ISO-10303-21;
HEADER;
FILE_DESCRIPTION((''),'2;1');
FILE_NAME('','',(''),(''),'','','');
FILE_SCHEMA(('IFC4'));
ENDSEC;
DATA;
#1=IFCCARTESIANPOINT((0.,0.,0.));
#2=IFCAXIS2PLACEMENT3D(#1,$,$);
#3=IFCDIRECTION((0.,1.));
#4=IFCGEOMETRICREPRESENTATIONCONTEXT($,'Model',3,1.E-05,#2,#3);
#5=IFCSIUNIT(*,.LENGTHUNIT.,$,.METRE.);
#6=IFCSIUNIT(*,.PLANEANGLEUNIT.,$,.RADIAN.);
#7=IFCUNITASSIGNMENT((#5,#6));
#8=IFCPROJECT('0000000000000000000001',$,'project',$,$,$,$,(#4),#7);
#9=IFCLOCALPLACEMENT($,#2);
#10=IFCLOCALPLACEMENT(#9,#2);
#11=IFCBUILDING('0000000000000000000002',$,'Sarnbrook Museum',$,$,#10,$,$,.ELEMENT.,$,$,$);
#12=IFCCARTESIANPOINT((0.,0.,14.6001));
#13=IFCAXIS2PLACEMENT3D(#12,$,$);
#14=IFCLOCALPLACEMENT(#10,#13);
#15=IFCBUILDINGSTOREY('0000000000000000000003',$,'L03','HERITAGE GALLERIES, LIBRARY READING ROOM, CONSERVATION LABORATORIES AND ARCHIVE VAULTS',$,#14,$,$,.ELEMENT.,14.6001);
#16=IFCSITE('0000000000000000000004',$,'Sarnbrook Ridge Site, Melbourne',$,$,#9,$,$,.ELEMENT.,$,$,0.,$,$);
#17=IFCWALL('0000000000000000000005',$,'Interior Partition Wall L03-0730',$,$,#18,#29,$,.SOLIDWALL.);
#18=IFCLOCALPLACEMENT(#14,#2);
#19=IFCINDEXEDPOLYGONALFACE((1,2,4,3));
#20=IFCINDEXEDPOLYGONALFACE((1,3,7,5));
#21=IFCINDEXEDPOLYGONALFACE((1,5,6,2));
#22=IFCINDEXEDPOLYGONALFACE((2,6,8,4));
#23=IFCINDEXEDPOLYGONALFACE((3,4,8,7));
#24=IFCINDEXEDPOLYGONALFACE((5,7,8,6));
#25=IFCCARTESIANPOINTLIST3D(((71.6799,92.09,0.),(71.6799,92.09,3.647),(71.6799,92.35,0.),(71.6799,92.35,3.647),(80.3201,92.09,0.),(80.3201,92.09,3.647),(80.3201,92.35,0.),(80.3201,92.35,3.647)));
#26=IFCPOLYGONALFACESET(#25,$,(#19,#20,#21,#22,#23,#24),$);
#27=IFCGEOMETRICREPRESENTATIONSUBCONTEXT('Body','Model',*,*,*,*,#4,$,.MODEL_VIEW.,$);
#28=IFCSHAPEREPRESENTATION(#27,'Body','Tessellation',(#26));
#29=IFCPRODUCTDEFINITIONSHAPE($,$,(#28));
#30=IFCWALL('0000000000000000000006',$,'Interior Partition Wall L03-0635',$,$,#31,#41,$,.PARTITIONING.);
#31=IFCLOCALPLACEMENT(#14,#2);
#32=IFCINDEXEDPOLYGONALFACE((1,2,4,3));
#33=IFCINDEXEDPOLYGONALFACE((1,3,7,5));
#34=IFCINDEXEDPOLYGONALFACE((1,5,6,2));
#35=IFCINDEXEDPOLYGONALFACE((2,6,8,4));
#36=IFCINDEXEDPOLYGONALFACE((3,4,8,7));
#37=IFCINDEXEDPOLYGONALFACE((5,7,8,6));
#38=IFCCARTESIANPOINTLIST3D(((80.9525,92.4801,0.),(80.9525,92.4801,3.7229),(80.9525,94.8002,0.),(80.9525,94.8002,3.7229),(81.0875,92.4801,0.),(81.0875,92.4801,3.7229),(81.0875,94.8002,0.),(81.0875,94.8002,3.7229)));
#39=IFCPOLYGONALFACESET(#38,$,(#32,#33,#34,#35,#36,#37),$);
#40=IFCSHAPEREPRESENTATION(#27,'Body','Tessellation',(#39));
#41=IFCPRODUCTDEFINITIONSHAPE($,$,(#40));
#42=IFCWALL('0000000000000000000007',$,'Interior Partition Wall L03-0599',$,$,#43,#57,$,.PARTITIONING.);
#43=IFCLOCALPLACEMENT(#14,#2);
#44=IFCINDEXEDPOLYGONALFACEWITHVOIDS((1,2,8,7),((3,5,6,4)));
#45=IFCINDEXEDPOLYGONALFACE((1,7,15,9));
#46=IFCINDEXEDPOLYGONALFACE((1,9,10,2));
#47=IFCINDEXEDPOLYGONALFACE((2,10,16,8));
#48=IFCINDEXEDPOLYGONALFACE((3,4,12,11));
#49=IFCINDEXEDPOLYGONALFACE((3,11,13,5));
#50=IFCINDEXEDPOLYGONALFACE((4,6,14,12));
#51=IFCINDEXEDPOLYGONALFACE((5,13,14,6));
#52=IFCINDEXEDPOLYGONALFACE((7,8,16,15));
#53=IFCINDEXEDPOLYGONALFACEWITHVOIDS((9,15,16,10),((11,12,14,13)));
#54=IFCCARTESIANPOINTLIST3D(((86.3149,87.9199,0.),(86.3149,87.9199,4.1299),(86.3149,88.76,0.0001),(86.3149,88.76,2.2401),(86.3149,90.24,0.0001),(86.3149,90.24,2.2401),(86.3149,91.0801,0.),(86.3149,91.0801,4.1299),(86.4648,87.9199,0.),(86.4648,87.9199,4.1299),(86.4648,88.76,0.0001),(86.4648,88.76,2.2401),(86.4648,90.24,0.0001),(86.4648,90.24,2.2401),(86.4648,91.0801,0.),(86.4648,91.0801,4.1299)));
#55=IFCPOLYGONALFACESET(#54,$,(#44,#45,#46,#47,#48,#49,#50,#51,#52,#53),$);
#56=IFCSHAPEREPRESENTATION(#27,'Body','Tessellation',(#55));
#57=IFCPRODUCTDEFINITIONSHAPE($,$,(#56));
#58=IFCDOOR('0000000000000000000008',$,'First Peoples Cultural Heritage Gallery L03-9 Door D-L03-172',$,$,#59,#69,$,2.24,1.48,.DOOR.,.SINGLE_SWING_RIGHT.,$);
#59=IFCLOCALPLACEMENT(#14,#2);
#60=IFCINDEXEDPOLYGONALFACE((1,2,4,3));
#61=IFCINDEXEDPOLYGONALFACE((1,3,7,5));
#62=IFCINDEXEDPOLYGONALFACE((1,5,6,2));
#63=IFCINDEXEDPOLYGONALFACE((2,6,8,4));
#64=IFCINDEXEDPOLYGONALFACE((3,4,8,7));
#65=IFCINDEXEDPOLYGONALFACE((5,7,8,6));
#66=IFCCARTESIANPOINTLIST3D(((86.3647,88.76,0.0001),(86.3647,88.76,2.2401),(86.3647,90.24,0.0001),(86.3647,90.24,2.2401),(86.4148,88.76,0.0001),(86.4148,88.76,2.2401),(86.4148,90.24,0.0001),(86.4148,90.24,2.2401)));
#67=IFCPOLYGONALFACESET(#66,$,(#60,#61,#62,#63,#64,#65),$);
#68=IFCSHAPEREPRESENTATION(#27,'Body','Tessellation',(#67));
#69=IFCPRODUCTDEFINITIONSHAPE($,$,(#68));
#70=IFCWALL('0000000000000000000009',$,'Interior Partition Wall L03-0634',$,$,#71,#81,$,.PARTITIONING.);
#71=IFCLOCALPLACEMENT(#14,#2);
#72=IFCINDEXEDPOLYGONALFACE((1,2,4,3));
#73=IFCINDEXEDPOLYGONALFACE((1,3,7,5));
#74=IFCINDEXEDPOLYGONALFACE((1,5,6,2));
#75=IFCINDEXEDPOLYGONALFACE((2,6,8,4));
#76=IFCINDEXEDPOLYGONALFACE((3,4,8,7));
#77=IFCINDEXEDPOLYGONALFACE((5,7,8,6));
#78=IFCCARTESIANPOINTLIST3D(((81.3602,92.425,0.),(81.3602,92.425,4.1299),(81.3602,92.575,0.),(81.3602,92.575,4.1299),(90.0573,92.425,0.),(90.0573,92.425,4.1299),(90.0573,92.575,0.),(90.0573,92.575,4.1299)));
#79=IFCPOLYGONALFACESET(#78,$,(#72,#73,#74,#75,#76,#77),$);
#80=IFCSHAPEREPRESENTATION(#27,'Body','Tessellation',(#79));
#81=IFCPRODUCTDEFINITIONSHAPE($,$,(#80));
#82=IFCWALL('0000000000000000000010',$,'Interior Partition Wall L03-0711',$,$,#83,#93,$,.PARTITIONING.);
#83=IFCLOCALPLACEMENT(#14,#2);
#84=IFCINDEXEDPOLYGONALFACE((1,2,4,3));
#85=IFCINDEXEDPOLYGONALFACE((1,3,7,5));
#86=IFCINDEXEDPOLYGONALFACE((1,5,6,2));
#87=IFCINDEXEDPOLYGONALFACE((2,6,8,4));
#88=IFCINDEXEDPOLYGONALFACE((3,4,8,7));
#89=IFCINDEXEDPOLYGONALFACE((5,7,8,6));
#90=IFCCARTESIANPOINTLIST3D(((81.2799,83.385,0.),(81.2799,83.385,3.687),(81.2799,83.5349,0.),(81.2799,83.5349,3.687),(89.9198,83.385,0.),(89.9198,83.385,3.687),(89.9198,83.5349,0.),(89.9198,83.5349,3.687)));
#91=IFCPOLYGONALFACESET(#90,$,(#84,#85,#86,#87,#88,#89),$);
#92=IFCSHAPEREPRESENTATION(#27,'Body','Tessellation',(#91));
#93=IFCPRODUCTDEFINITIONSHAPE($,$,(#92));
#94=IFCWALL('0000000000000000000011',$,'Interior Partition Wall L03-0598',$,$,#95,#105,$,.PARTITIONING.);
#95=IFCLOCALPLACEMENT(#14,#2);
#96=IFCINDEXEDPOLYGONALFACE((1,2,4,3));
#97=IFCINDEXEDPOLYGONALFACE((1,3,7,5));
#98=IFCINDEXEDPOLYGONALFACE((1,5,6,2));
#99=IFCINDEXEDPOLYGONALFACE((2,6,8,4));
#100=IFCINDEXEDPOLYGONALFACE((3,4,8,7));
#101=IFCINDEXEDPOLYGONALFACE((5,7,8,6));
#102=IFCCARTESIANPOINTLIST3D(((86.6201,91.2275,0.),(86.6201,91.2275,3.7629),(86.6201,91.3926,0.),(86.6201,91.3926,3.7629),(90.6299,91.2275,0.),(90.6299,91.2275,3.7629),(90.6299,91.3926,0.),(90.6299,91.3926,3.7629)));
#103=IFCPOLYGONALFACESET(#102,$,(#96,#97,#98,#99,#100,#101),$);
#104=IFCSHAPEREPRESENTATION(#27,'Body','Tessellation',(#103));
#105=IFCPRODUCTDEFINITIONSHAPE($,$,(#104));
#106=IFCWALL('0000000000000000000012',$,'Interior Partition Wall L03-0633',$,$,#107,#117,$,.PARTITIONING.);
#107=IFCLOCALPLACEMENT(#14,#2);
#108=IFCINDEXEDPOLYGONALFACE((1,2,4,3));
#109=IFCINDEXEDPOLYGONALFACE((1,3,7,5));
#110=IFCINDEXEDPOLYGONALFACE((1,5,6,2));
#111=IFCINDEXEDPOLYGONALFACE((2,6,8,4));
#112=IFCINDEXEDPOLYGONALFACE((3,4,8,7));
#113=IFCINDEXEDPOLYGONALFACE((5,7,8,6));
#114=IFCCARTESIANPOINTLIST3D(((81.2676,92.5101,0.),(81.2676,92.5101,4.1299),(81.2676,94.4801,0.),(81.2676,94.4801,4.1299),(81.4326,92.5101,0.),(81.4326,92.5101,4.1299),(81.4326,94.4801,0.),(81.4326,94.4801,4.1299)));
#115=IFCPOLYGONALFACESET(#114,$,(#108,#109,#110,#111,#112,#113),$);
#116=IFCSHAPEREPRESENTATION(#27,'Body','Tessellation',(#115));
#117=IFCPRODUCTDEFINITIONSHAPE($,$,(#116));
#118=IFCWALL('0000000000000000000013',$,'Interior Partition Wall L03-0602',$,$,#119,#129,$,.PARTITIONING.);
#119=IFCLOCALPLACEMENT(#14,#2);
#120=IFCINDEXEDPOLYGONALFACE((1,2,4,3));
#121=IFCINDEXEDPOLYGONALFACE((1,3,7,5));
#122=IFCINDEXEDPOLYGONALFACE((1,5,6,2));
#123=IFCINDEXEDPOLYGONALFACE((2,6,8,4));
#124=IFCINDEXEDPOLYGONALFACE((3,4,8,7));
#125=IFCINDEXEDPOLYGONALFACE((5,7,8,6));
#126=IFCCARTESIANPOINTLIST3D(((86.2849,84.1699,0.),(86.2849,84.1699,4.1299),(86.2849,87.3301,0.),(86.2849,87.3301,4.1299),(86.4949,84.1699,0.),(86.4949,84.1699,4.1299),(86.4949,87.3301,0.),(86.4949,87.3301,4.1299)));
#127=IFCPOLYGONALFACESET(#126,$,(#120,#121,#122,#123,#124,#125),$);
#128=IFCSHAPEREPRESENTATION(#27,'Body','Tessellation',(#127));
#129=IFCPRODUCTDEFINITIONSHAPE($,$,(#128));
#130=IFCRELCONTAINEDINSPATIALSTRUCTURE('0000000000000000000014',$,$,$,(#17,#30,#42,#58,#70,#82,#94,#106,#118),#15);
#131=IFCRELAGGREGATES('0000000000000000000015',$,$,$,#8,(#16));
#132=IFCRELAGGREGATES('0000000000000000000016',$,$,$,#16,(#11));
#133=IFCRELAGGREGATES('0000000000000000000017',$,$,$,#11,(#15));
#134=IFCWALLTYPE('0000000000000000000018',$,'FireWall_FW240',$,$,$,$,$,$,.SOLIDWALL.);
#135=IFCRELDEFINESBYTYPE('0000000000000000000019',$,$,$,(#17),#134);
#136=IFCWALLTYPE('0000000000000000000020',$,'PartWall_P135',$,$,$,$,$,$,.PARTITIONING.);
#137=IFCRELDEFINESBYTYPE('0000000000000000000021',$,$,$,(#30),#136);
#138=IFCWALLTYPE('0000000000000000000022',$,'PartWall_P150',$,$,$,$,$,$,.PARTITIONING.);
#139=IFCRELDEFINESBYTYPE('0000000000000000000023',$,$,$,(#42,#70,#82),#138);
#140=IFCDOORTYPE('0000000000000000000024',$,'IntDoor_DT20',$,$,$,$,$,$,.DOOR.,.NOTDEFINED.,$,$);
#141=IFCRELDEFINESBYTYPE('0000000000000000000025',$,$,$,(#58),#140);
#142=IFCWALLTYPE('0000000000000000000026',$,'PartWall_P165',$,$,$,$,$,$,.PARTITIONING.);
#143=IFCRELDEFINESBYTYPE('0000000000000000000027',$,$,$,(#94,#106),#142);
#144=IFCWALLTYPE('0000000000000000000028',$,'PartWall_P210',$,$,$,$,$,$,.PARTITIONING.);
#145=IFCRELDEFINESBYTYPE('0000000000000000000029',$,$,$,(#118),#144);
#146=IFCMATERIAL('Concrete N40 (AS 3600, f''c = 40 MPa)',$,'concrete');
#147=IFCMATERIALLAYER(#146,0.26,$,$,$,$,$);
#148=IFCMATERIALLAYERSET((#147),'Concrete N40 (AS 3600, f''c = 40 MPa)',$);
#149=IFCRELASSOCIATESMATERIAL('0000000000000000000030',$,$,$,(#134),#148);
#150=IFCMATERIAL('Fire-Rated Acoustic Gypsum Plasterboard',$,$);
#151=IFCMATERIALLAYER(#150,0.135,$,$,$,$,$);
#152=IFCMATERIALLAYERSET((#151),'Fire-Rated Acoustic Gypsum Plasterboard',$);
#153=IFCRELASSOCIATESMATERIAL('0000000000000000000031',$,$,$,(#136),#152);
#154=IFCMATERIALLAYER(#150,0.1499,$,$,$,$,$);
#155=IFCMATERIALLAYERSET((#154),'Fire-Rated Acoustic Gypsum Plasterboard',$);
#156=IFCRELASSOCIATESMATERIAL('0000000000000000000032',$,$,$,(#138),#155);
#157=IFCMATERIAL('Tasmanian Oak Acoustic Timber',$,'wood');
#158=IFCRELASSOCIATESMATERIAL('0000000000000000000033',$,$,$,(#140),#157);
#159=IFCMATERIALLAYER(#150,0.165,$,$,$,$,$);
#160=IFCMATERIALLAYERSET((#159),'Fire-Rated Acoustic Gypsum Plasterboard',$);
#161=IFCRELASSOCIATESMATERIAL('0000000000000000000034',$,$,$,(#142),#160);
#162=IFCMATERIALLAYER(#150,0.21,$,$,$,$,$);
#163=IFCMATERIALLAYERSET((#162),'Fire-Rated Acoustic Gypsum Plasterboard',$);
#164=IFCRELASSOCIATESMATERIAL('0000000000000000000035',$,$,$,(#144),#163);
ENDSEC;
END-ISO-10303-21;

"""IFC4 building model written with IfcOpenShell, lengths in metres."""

from ifc_helpers import new_model, si_unit, direction, frame, frame_2d, origin, place, context, subcontext, project, spatial, rectangle, extrude, material, layer, layer_set, type_object, element, fill, save


model = new_model("IFC4")

# Units and contexts
model_context = context("Model", 3, precision=1e-05, world=origin(), true_north=direction((0.0, 1.0)))
body_context = subcontext(model_context, "Body", "Model", "MODEL_VIEW")
ifc_project = project(units=[si_unit("LENGTHUNIT", "METRE"), si_unit("PLANEANGLEUNIT", "RADIAN")], contexts=[model_context])

# Site, building, storey
site_placement = place(None, origin())
site = spatial("IfcSite", under=ifc_project, at=site_placement, Name="Sarnbrook Ridge Site, Melbourne", CompositionType="ELEMENT", RefElevation=0.0)
building_placement = place(site_placement, origin())
building = spatial("IfcBuilding", under=site, at=building_placement, Name="Sarnbrook Museum", CompositionType="ELEMENT")
storey_placement = place(building_placement, frame((0.0, 0.0, 14.6001)))
storey = spatial("IfcBuildingStorey", under=building, at=storey_placement, Name="L03", Description="HERITAGE GALLERIES, LIBRARY READING ROOM, CONSERVATION LABORATORIES AND ARCHIVE VAULTS", CompositionType="ELEMENT", Elevation=14.6001)

# Shared definitions
ifc_material_1 = material(Name="Tasmanian Oak Acoustic Timber", Category="wood")

# Walls
ifc_material_2 = material(Name="Concrete N40 (AS 3600, f'c = 40 MPa)", Category="concrete")
ifc_layer_1 = layer(ifc_material_2, 0.26)
ifc_layer_set_1 = layer_set([ifc_layer_1], Name="Concrete N40 (AS 3600, f'c = 40 MPa)")
wall_type_1 = type_object("IfcWallType", Name="FireWall_FW240", PredefinedType="SOLIDWALL", material=ifc_layer_set_1)
wall_1_placement = place(storey_placement, frame((80.3201, 92.22, 0.0), z_axis=(0.0, 0.0, 1.0), x_axis=(-1.0, 0.0, 0.0)))
element("IfcWall", 1, at=wall_1_placement, inside=storey, type_object=wall_type_1, Name="Interior Partition Wall L03-0730", PredefinedType="SOLIDWALL", context=body_context, shape_type="SweptSolid", body=[
    extrude(rectangle(XDim=8.6401, YDim=0.26, at=frame_2d((4.3201, 0.0))), origin(), (0.0, 0.0, 1.0), 3.647),
])
ifc_material_3 = material(Name="Fire-Rated Acoustic Gypsum Plasterboard")
ifc_layer_2 = layer(ifc_material_3, 0.135)
ifc_layer_set_2 = layer_set([ifc_layer_2], Name="Fire-Rated Acoustic Gypsum Plasterboard")
wall_type_2 = type_object("IfcWallType", Name="PartWall_P135", PredefinedType="PARTITIONING", material=ifc_layer_set_2)
wall_2_placement = place(storey_placement, frame((81.02, 92.48, 0.0), z_axis=(0.0, 0.0, 1.0), x_axis=(0.0, 1.0, 0.0)))
element("IfcWall", 2, at=wall_2_placement, inside=storey, type_object=wall_type_2, Name="Interior Partition Wall L03-0635", PredefinedType="PARTITIONING", context=body_context, shape_type="SweptSolid", body=[
    extrude(rectangle(XDim=2.3201, YDim=0.135, at=frame_2d((1.1602, 0.0))), origin(), (0.0, 0.0, 1.0), 3.7229),
])

# Wall, opening, door
ifc_layer_3 = layer(ifc_material_3, 0.1499)
ifc_layer_set_3 = layer_set([ifc_layer_3], Name="Fire-Rated Acoustic Gypsum Plasterboard")
wall_type_3 = type_object("IfcWallType", Name="PartWall_P150", PredefinedType="PARTITIONING", material=ifc_layer_set_3)
wall_3_placement = place(storey_placement, frame((86.3899, 87.9199, 0.0), z_axis=(0.0, 0.0, 1.0), x_axis=(0.0, 1.0, 0.0)))
wall_3 = element("IfcWall", 3, at=wall_3_placement, inside=storey, type_object=wall_type_3, Name="Interior Partition Wall L03-0599", PredefinedType="PARTITIONING", context=body_context, shape_type="SweptSolid", body=[
    extrude(rectangle(XDim=3.1602, YDim=0.1499, at=frame_2d((1.5801, 0.0))), origin(), (0.0, 0.0, 1.0), 4.1299),
])
opening_1_placement = place(wall_3_placement, frame((0.8401, 0.0, 0.0)))
opening_1 = element("IfcOpeningElement", 4, at=opening_1_placement, cuts=wall_3, PredefinedType="OPENING", context=body_context, shape_type="SweptSolid", body=[
    extrude(rectangle(XDim=1.48, YDim=2.24, at=frame_2d((0.74, 1.1201))), frame((0.0, 0.085, 0.0), z_axis=(0.0, -1.0, 0.0), x_axis=(1.0, 0.0, 0.0)), (0.0, 0.0, 1.0), 0.1699),
])
door_type_1 = type_object("IfcDoorType", Name="IntDoor_DT20", OperationType="NOTDEFINED", PredefinedType="DOOR", material=ifc_material_1)
door_1_placement = place(opening_1_placement, frame((1.48, 0.0, 0.0), z_axis=(0.0, 0.0, 1.0), x_axis=(-1.0, 0.0, 0.0)))
door_1 = element("IfcDoor", 5, at=door_1_placement, inside=storey, type_object=door_type_1, Name="First Peoples Cultural Heritage Gallery L03-9 Door D-L03-172", OperationType="SINGLE_SWING_RIGHT", OverallHeight=2.24, OverallWidth=1.48, PredefinedType="DOOR", context=body_context, shape_type="SweptSolid", body=[
    extrude(rectangle(XDim=1.48, YDim=2.24, at=frame_2d((0.74, 1.1201))), frame((0.0, 0.0249, 0.0), z_axis=(0.0, -1.0, 0.0), x_axis=(1.0, 0.0, 0.0)), (0.0, 0.0, 1.0), 0.05),
])
fill(opening_1, door_1)

# Walls
wall_4_placement = place(storey_placement, frame((81.3601, 92.5, 0.0), z_axis=(0.0, 0.0, 1.0), x_axis=(1.0, 0.0, 0.0)))
element("IfcWall", 6, at=wall_4_placement, inside=storey, type_object=wall_type_3, Name="Interior Partition Wall L03-0634", PredefinedType="PARTITIONING", context=body_context, shape_type="SweptSolid", body=[
    extrude(rectangle(XDim=8.697, YDim=0.1499, at=frame_2d((4.3486, 0.0))), origin(), (0.0, 0.0, 1.0), 4.1299),
])
wall_5_placement = place(storey_placement, frame((81.28, 83.46, 0.0), z_axis=(0.0, 0.0, 1.0), x_axis=(1.0, 0.0, 0.0)))
element("IfcWall", 7, at=wall_5_placement, inside=storey, type_object=wall_type_3, Name="Interior Partition Wall L03-0711", PredefinedType="PARTITIONING", context=body_context, shape_type="SweptSolid", body=[
    extrude(rectangle(XDim=8.6399, YDim=0.1499, at=frame_2d((4.3198, 0.0))), origin(), (0.0, 0.0, 1.0), 3.687),
])
ifc_layer_4 = layer(ifc_material_3, 0.165)
ifc_layer_set_4 = layer_set([ifc_layer_4], Name="Fire-Rated Acoustic Gypsum Plasterboard")
wall_type_4 = type_object("IfcWallType", Name="PartWall_P165", PredefinedType="PARTITIONING", material=ifc_layer_set_4)
wall_6_placement = place(storey_placement, frame((86.6201, 91.3101, 0.0), z_axis=(0.0, 0.0, 1.0), x_axis=(1.0, 0.0, 0.0)))
element("IfcWall", 8, at=wall_6_placement, inside=storey, type_object=wall_type_4, Name="Interior Partition Wall L03-0598", PredefinedType="PARTITIONING", context=body_context, shape_type="SweptSolid", body=[
    extrude(rectangle(XDim=4.0098, YDim=0.165, at=frame_2d((2.0049, 0.0))), origin(), (0.0, 0.0, 1.0), 3.7629),
])
wall_7_placement = place(storey_placement, frame((81.3501, 94.48, 0.0), z_axis=(0.0, 0.0, 1.0), x_axis=(0.0, -1.0, 0.0)))
element("IfcWall", 9, at=wall_7_placement, inside=storey, type_object=wall_type_4, Name="Interior Partition Wall L03-0633", PredefinedType="PARTITIONING", context=body_context, shape_type="SweptSolid", body=[
    extrude(rectangle(XDim=1.97, YDim=0.165, at=frame_2d((0.9849, 0.0))), origin(), (0.0, 0.0, 1.0), 4.1299),
])
ifc_layer_5 = layer(ifc_material_3, 0.21)
ifc_layer_set_5 = layer_set([ifc_layer_5], Name="Fire-Rated Acoustic Gypsum Plasterboard")
wall_type_5 = type_object("IfcWallType", Name="PartWall_P210", PredefinedType="PARTITIONING", material=ifc_layer_set_5)
wall_8_placement = place(storey_placement, frame((86.3899, 84.1699, 0.0), z_axis=(0.0, 0.0, 1.0), x_axis=(0.0, 1.0, 0.0)))
element("IfcWall", 10, at=wall_8_placement, inside=storey, type_object=wall_type_5, Name="Interior Partition Wall L03-0602", PredefinedType="PARTITIONING", context=body_context, shape_type="SweptSolid", body=[
    extrude(rectangle(XDim=3.1602, YDim=0.21, at=frame_2d((1.5801, 0.0))), origin(), (0.0, 0.0, 1.0), 4.1299),
])

save(model, "model.ifc")
